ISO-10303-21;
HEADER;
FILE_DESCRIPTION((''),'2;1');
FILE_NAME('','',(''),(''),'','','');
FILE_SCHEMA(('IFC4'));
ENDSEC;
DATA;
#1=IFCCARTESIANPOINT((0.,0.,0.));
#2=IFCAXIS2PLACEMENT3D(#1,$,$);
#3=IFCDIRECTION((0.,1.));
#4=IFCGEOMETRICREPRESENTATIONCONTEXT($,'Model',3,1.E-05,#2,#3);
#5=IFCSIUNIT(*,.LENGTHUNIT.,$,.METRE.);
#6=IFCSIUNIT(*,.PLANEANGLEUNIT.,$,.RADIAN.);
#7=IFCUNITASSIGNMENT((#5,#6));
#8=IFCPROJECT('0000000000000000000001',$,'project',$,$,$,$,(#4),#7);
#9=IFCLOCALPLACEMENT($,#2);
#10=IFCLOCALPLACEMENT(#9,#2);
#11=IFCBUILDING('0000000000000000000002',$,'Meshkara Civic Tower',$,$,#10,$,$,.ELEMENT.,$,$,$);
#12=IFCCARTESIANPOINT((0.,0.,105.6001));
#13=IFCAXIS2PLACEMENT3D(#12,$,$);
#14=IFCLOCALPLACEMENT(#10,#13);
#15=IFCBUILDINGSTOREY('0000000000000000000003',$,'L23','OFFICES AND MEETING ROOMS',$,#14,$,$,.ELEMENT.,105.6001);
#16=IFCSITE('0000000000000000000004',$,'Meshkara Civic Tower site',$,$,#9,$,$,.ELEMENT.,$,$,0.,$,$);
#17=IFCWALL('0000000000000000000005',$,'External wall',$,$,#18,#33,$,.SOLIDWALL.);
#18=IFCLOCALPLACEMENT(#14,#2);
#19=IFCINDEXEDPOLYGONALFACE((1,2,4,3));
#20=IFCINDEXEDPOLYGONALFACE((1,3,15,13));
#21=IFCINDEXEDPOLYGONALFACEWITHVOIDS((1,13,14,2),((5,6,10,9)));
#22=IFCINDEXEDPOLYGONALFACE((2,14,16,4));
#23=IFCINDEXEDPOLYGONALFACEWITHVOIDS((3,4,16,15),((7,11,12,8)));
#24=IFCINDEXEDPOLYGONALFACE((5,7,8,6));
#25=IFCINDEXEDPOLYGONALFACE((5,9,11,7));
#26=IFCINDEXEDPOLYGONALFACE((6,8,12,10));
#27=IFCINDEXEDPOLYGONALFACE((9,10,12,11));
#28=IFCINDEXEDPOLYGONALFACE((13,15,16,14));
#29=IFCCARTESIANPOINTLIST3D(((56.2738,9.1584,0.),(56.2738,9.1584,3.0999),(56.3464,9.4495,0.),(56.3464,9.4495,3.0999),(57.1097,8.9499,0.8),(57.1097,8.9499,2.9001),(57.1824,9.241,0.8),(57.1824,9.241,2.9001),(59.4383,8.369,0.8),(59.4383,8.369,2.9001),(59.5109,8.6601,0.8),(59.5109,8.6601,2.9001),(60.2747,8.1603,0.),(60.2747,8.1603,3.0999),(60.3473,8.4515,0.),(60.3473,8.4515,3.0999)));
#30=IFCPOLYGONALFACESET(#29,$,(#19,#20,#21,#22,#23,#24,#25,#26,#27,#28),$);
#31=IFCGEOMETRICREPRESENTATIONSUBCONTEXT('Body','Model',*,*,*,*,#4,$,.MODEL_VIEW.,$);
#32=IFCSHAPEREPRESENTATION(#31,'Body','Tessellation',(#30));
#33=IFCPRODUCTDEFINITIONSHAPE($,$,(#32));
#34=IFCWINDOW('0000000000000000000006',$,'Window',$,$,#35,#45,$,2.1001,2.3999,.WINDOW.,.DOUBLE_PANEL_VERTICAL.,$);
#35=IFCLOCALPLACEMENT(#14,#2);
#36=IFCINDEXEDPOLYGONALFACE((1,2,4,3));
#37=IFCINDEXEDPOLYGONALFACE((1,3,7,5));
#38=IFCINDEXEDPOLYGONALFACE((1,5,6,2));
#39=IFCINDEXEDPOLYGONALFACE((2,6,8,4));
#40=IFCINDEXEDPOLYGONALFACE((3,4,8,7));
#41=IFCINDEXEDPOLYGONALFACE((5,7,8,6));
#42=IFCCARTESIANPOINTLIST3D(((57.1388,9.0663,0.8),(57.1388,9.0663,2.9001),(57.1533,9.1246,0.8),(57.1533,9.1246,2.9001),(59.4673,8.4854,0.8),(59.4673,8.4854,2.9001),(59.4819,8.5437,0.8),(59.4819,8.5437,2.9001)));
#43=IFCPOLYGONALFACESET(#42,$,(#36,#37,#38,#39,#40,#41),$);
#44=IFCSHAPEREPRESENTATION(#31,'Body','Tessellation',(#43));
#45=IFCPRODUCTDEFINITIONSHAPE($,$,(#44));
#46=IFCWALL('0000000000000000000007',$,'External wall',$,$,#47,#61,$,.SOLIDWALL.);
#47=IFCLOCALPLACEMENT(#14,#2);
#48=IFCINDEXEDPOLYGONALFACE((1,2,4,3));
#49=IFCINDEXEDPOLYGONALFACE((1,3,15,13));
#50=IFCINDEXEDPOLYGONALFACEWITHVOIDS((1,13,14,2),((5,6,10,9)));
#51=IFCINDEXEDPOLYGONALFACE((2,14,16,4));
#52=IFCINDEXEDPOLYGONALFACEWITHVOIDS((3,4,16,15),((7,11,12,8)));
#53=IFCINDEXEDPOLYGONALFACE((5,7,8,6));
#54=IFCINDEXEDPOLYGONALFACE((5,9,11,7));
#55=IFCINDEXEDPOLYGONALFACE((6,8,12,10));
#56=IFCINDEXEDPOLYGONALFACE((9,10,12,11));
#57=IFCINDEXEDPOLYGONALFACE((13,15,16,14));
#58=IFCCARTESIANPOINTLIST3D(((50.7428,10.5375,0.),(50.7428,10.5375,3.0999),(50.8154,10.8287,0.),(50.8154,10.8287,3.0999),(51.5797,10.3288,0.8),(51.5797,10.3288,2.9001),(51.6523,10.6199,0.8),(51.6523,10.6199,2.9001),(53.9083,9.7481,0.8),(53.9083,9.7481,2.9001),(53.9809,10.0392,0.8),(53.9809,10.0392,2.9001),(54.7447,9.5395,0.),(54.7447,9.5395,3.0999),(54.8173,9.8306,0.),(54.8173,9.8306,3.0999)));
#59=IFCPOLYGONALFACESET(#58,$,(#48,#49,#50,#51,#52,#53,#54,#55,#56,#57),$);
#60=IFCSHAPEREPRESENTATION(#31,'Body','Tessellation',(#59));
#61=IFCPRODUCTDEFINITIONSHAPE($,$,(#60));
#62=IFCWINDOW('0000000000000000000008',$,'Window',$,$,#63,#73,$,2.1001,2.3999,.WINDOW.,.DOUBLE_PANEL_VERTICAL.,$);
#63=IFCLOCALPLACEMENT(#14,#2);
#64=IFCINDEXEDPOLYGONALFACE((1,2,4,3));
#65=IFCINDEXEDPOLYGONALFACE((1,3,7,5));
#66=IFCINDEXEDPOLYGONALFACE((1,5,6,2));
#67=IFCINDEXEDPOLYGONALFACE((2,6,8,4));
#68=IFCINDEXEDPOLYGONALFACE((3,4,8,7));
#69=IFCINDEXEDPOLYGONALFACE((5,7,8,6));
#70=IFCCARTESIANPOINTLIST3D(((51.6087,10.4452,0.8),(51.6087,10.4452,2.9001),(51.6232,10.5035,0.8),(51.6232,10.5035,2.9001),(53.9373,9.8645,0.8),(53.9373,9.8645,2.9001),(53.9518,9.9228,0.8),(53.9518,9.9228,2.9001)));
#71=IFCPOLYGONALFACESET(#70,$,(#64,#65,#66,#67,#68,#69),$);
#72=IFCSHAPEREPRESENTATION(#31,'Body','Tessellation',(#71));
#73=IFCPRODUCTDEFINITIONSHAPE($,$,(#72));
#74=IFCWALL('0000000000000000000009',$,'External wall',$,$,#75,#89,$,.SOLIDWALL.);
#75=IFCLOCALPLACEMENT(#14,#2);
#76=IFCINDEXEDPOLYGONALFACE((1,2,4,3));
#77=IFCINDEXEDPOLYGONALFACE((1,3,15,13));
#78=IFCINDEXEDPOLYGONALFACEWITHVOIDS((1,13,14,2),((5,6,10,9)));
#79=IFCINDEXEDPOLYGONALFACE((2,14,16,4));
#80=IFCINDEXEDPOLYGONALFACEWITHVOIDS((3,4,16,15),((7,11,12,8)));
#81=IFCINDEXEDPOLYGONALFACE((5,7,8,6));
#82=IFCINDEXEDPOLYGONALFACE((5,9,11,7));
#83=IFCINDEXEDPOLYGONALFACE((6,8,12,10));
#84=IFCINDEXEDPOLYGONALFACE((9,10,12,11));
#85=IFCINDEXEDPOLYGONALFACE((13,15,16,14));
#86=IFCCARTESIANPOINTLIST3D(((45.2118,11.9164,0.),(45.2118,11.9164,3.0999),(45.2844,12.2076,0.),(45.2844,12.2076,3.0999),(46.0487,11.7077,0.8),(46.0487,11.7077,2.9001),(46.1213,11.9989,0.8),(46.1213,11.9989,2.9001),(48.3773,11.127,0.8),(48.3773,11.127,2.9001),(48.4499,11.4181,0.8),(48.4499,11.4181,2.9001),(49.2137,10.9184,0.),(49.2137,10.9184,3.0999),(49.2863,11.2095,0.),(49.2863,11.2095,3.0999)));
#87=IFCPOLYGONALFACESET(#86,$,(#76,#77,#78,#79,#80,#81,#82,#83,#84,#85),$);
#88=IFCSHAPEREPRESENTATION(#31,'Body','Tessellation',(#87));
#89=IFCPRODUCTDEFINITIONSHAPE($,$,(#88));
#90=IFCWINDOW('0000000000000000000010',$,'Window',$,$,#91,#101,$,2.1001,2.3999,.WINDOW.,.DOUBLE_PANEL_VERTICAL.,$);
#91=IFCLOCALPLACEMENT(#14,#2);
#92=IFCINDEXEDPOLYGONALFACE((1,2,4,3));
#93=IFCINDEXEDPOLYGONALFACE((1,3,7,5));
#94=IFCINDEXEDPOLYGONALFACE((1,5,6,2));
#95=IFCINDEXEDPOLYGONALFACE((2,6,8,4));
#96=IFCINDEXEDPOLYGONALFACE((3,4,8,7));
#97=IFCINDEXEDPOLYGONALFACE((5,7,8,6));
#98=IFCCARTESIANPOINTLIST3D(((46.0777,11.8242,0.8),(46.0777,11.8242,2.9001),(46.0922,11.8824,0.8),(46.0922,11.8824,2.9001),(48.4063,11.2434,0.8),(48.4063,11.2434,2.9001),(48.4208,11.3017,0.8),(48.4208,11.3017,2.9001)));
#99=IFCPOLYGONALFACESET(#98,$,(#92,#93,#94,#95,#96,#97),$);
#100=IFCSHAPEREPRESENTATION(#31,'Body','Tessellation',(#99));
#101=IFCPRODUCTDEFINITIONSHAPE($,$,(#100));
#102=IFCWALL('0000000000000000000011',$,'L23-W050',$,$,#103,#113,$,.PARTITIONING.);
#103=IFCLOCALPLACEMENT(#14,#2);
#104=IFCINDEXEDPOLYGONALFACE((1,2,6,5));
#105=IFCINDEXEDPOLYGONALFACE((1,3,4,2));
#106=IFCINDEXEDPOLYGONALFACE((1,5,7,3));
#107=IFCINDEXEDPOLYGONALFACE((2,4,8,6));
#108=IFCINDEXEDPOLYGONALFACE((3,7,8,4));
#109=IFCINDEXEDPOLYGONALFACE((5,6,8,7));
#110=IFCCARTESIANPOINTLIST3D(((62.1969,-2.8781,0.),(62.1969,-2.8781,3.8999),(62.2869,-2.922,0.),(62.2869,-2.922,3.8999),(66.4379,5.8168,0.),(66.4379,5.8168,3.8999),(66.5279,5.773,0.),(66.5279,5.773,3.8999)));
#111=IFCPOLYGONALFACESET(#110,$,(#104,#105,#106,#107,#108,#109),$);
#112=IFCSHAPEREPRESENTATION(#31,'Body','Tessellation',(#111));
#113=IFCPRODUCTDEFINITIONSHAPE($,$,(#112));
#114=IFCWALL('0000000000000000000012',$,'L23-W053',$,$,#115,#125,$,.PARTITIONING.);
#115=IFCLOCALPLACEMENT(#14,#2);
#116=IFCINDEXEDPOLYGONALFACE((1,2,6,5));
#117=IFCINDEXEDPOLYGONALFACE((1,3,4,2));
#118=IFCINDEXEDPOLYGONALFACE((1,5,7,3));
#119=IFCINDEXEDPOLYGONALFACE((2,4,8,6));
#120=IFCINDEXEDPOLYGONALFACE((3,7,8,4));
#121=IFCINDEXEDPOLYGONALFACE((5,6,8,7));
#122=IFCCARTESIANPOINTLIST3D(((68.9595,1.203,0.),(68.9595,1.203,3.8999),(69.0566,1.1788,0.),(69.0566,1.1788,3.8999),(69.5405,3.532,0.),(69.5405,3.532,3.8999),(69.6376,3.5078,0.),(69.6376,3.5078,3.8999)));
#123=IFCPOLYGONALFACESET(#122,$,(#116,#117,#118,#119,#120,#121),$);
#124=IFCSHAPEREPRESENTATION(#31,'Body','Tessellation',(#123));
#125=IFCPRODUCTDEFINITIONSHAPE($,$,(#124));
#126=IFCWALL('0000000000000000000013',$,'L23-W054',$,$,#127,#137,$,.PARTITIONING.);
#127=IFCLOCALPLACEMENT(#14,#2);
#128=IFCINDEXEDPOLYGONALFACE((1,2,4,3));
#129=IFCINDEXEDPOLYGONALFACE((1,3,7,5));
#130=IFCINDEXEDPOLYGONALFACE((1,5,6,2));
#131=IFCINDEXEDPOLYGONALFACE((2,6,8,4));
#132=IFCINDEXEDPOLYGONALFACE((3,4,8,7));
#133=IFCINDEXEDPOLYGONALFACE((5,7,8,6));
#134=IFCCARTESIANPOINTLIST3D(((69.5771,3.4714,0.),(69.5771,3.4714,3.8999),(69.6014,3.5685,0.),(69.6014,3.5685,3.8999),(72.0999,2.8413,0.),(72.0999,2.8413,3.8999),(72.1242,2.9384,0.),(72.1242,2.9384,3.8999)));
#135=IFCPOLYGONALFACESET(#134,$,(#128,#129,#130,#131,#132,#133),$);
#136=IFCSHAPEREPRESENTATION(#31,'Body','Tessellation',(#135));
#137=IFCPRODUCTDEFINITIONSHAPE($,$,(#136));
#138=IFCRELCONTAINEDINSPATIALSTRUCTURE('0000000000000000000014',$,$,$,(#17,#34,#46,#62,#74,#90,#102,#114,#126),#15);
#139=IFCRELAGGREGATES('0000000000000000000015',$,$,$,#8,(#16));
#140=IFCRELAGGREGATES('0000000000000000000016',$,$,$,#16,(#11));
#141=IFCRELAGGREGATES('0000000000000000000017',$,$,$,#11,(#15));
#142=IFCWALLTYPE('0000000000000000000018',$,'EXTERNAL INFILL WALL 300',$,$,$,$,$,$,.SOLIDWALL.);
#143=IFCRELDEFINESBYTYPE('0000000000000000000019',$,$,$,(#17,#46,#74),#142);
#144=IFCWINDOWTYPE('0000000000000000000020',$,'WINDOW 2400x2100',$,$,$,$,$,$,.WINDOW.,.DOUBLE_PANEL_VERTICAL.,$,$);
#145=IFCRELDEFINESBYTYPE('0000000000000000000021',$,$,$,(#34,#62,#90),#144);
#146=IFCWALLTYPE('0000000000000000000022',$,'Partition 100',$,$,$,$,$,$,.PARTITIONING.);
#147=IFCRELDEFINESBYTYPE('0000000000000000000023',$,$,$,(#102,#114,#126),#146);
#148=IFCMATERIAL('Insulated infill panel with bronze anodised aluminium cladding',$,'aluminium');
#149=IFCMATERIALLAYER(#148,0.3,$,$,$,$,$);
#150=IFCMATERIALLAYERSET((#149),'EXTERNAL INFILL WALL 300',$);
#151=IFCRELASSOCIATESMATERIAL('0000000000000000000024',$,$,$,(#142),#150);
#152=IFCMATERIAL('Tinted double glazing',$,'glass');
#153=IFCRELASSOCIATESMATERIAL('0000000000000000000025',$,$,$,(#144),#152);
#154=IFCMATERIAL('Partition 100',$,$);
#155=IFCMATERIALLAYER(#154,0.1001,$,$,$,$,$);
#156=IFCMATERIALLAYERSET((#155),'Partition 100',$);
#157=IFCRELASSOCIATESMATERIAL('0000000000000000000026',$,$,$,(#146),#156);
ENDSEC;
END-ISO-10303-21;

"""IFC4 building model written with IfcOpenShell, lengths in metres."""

from ifc_helpers import new_model, si_unit, direction, frame, frame_2d, origin, place, context, subcontext, project, spatial, rectangle, extrude, material, layer, layer_set, type_object, element, fill, save


model = new_model("IFC4")

# Units and contexts
model_context = context("Model", 3, precision=1e-05, world=origin(), true_north=direction((0.0, 1.0)))
body_context = subcontext(model_context, "Body", "Model", "MODEL_VIEW")
ifc_project = project(units=[si_unit("LENGTHUNIT", "METRE"), si_unit("PLANEANGLEUNIT", "RADIAN")], contexts=[model_context])

# Site, building, storey
site_placement = place(None, origin())
site = spatial("IfcSite", under=ifc_project, at=site_placement, Name="Meshkara Civic Tower site", CompositionType="ELEMENT", RefElevation=0.0)
building_placement = place(site_placement, origin())
building = spatial("IfcBuilding", under=site, at=building_placement, Name="Meshkara Civic Tower", CompositionType="ELEMENT")
storey_placement = place(building_placement, frame((0.0, 0.0, 105.6001)))
storey = spatial("IfcBuildingStorey", under=building, at=storey_placement, Name="L23", Description="OFFICES AND MEETING ROOMS", CompositionType="ELEMENT", Elevation=105.6001)

# Walls, openings, windows
ifc_material_1 = material(Name="Insulated infill panel with bronze anodised aluminium cladding", Category="aluminium")
ifc_layer_1 = layer(ifc_material_1, 0.3)
ifc_layer_set_1 = layer_set([ifc_layer_1], Name="EXTERNAL INFILL WALL 300")
wall_type_1 = type_object("IfcWallType", Name="EXTERNAL INFILL WALL 300", PredefinedType="SOLIDWALL", material=ifc_layer_set_1)
ifc_material_2 = material(Name="Tinted double glazing", Category="glass")
window_type = type_object("IfcWindowType", Name="WINDOW 2400x2100", PartitioningType="DOUBLE_PANEL_VERTICAL", PredefinedType="WINDOW", material=ifc_material_2)
wall_1_placement = place(storey_placement, frame((60.311, 8.3059, 0.0), z_axis=(0.0, 0.0, 1.0), x_axis=(-0.970268, 0.242034, 0.0)))
wall_1 = element("IfcWall", 1, at=wall_1_placement, inside=storey, type_object=wall_type_1, Name="External wall", PredefinedType="SOLIDWALL", context=body_context, shape_type="SweptSolid", body=[
    extrude(rectangle(XDim=4.1235, YDim=0.3, at=frame_2d((2.0618, 0.0))), origin(), (0.0, 0.0, 1.0), 3.0999),
])
opening_1_placement = place(wall_1_placement, frame((0.8621, 0.0, 0.8)))
opening_1 = element("IfcOpeningElement", 2, at=opening_1_placement, cuts=wall_1, PredefinedType="OPENING", context=body_context, shape_type="SweptSolid", body=[
    extrude(rectangle(XDim=2.3999, YDim=2.1001, at=frame_2d((1.2, 1.05))), frame((0.0, 0.1599, 0.0), z_axis=(0.0, -1.0, 0.0), x_axis=(1.0, 0.0, 0.0)), (0.0, 0.0, 1.0), 0.3201),
])
window_1_placement = place(opening_1_placement, origin())
window_1 = element("IfcWindow", 3, at=window_1_placement, inside=storey, type_object=window_type, Name="Window", OverallHeight=2.1001, OverallWidth=2.3999, PartitioningType="DOUBLE_PANEL_VERTICAL", PredefinedType="WINDOW", context=body_context, shape_type="SweptSolid", body=[
    extrude(rectangle(XDim=2.3999, YDim=2.1001, at=frame_2d((1.2, 1.05))), frame((0.0, 0.03, 0.0), z_axis=(0.0, -1.0, 0.0), x_axis=(1.0, 0.0, 0.0)), (0.0, 0.0, 1.0), 0.0601),
])
fill(opening_1, window_1)
wall_2_placement = place(storey_placement, frame((54.781, 9.6851, 0.0), z_axis=(0.0, 0.0, 1.0), x_axis=(-0.970282, 0.241978, 0.0)))
wall_2 = element("IfcWall", 4, at=wall_2_placement, inside=storey, type_object=wall_type_1, Name="External wall", PredefinedType="SOLIDWALL", context=body_context, shape_type="SweptSolid", body=[
    extrude(rectangle(XDim=4.1245, YDim=0.3, at=frame_2d((2.0623, 0.0))), origin(), (0.0, 0.0, 1.0), 3.0999),
])
opening_2_placement = place(wall_2_placement, frame((0.8621, 0.0, 0.8)))
opening_2 = element("IfcOpeningElement", 5, at=opening_2_placement, cuts=wall_2, PredefinedType="OPENING", context=body_context, shape_type="SweptSolid", body=[
    extrude(rectangle(XDim=2.3999, YDim=2.1001, at=frame_2d((1.2, 1.05))), frame((0.0, 0.1599, 0.0), z_axis=(0.0, -1.0, 0.0), x_axis=(1.0, 0.0, 0.0)), (0.0, 0.0, 1.0), 0.3201),
])
window_2_placement = place(opening_2_placement, origin())
window_2 = element("IfcWindow", 6, at=window_2_placement, inside=storey, type_object=window_type, Name="Window", OverallHeight=2.1001, OverallWidth=2.3999, PartitioningType="DOUBLE_PANEL_VERTICAL", PredefinedType="WINDOW", context=body_context, shape_type="SweptSolid", body=[
    extrude(rectangle(XDim=2.3999, YDim=2.1001, at=frame_2d((1.2, 1.05))), frame((0.0, 0.03, 0.0), z_axis=(0.0, -1.0, 0.0), x_axis=(1.0, 0.0, 0.0)), (0.0, 0.0, 1.0), 0.0601),
])
fill(opening_2, window_2)
wall_3_placement = place(storey_placement, frame((49.25, 11.064, 0.0), z_axis=(0.0, 0.0, 1.0), x_axis=(-0.970282, 0.241978, 0.0)))
wall_3 = element("IfcWall", 7, at=wall_3_placement, inside=storey, type_object=wall_type_1, Name="External wall", PredefinedType="SOLIDWALL", context=body_context, shape_type="SweptSolid", body=[
    extrude(rectangle(XDim=4.1245, YDim=0.3, at=frame_2d((2.0623, 0.0))), origin(), (0.0, 0.0, 1.0), 3.0999),
])
opening_3_placement = place(wall_3_placement, frame((0.8621, 0.0, 0.8)))
opening_3 = element("IfcOpeningElement", 8, at=opening_3_placement, cuts=wall_3, PredefinedType="OPENING", context=body_context, shape_type="SweptSolid", body=[
    extrude(rectangle(XDim=2.3999, YDim=2.1001, at=frame_2d((1.2, 1.05))), frame((0.0, 0.1599, 0.0), z_axis=(0.0, -1.0, 0.0), x_axis=(1.0, 0.0, 0.0)), (0.0, 0.0, 1.0), 0.3201),
])
window_3_placement = place(opening_3_placement, origin())
window_3 = element("IfcWindow", 9, at=window_3_placement, inside=storey, type_object=window_type, Name="Window", OverallHeight=2.1001, OverallWidth=2.3999, PartitioningType="DOUBLE_PANEL_VERTICAL", PredefinedType="WINDOW", context=body_context, shape_type="SweptSolid", body=[
    extrude(rectangle(XDim=2.3999, YDim=2.1001, at=frame_2d((1.2, 1.05))), frame((0.0, 0.03, 0.0), z_axis=(0.0, -1.0, 0.0), x_axis=(1.0, 0.0, 0.0)), (0.0, 0.0, 1.0), 0.0601),
])
fill(opening_3, window_3)

# Walls
ifc_material_3 = material(Name="Partition 100")
ifc_layer_2 = layer(ifc_material_3, 0.1001)
ifc_layer_set_2 = layer_set([ifc_layer_2], Name="Partition 100")
wall_type_2 = type_object("IfcWallType", Name="Partition 100", PredefinedType="PARTITIONING", material=ifc_layer_set_2)
wall_4_placement = place(storey_placement, frame((62.2419, -2.8999, 0.0), z_axis=(0.0, 0.0, 1.0), x_axis=(0.438389, 0.898785, 0.0)))
element("IfcWall", 10, at=wall_4_placement, inside=storey, type_object=wall_type_2, Name="L23-W050", PredefinedType="PARTITIONING", context=body_context, shape_type="SweptSolid", body=[
    extrude(rectangle(XDim=9.6741, YDim=0.1001, at=frame_2d((4.8369, 0.0))), origin(), (0.0, 0.0, 1.0), 3.8999),
])
wall_5_placement = place(storey_placement, frame((69.0081, 1.1909, 0.0), z_axis=(0.0, 0.0, 1.0), x_axis=(0.242057, 0.970262, 0.0)))
element("IfcWall", 11, at=wall_5_placement, inside=storey, type_object=wall_type_2, Name="L23-W053", PredefinedType="PARTITIONING", context=body_context, shape_type="SweptSolid", body=[
    extrude(rectangle(XDim=2.4004, YDim=0.1001, at=frame_2d((1.2002, 0.0))), origin(), (0.0, 0.0, 1.0), 3.8999),
])
wall_6_placement = place(storey_placement, frame((69.5891, 3.52, 0.0), z_axis=(0.0, 0.0, 1.0), x_axis=(0.970198, -0.242315, 0.0)))
element("IfcWall", 12, at=wall_6_placement, inside=storey, type_object=wall_type_2, Name="L23-W054", PredefinedType="PARTITIONING", context=body_context, shape_type="SweptSolid", body=[
    extrude(rectangle(XDim=2.6003, YDim=0.1001, at=frame_2d((1.3003, 0.0))), origin(), (0.0, 0.0, 1.0), 3.8999),
])

save(model, "model.ifc")
